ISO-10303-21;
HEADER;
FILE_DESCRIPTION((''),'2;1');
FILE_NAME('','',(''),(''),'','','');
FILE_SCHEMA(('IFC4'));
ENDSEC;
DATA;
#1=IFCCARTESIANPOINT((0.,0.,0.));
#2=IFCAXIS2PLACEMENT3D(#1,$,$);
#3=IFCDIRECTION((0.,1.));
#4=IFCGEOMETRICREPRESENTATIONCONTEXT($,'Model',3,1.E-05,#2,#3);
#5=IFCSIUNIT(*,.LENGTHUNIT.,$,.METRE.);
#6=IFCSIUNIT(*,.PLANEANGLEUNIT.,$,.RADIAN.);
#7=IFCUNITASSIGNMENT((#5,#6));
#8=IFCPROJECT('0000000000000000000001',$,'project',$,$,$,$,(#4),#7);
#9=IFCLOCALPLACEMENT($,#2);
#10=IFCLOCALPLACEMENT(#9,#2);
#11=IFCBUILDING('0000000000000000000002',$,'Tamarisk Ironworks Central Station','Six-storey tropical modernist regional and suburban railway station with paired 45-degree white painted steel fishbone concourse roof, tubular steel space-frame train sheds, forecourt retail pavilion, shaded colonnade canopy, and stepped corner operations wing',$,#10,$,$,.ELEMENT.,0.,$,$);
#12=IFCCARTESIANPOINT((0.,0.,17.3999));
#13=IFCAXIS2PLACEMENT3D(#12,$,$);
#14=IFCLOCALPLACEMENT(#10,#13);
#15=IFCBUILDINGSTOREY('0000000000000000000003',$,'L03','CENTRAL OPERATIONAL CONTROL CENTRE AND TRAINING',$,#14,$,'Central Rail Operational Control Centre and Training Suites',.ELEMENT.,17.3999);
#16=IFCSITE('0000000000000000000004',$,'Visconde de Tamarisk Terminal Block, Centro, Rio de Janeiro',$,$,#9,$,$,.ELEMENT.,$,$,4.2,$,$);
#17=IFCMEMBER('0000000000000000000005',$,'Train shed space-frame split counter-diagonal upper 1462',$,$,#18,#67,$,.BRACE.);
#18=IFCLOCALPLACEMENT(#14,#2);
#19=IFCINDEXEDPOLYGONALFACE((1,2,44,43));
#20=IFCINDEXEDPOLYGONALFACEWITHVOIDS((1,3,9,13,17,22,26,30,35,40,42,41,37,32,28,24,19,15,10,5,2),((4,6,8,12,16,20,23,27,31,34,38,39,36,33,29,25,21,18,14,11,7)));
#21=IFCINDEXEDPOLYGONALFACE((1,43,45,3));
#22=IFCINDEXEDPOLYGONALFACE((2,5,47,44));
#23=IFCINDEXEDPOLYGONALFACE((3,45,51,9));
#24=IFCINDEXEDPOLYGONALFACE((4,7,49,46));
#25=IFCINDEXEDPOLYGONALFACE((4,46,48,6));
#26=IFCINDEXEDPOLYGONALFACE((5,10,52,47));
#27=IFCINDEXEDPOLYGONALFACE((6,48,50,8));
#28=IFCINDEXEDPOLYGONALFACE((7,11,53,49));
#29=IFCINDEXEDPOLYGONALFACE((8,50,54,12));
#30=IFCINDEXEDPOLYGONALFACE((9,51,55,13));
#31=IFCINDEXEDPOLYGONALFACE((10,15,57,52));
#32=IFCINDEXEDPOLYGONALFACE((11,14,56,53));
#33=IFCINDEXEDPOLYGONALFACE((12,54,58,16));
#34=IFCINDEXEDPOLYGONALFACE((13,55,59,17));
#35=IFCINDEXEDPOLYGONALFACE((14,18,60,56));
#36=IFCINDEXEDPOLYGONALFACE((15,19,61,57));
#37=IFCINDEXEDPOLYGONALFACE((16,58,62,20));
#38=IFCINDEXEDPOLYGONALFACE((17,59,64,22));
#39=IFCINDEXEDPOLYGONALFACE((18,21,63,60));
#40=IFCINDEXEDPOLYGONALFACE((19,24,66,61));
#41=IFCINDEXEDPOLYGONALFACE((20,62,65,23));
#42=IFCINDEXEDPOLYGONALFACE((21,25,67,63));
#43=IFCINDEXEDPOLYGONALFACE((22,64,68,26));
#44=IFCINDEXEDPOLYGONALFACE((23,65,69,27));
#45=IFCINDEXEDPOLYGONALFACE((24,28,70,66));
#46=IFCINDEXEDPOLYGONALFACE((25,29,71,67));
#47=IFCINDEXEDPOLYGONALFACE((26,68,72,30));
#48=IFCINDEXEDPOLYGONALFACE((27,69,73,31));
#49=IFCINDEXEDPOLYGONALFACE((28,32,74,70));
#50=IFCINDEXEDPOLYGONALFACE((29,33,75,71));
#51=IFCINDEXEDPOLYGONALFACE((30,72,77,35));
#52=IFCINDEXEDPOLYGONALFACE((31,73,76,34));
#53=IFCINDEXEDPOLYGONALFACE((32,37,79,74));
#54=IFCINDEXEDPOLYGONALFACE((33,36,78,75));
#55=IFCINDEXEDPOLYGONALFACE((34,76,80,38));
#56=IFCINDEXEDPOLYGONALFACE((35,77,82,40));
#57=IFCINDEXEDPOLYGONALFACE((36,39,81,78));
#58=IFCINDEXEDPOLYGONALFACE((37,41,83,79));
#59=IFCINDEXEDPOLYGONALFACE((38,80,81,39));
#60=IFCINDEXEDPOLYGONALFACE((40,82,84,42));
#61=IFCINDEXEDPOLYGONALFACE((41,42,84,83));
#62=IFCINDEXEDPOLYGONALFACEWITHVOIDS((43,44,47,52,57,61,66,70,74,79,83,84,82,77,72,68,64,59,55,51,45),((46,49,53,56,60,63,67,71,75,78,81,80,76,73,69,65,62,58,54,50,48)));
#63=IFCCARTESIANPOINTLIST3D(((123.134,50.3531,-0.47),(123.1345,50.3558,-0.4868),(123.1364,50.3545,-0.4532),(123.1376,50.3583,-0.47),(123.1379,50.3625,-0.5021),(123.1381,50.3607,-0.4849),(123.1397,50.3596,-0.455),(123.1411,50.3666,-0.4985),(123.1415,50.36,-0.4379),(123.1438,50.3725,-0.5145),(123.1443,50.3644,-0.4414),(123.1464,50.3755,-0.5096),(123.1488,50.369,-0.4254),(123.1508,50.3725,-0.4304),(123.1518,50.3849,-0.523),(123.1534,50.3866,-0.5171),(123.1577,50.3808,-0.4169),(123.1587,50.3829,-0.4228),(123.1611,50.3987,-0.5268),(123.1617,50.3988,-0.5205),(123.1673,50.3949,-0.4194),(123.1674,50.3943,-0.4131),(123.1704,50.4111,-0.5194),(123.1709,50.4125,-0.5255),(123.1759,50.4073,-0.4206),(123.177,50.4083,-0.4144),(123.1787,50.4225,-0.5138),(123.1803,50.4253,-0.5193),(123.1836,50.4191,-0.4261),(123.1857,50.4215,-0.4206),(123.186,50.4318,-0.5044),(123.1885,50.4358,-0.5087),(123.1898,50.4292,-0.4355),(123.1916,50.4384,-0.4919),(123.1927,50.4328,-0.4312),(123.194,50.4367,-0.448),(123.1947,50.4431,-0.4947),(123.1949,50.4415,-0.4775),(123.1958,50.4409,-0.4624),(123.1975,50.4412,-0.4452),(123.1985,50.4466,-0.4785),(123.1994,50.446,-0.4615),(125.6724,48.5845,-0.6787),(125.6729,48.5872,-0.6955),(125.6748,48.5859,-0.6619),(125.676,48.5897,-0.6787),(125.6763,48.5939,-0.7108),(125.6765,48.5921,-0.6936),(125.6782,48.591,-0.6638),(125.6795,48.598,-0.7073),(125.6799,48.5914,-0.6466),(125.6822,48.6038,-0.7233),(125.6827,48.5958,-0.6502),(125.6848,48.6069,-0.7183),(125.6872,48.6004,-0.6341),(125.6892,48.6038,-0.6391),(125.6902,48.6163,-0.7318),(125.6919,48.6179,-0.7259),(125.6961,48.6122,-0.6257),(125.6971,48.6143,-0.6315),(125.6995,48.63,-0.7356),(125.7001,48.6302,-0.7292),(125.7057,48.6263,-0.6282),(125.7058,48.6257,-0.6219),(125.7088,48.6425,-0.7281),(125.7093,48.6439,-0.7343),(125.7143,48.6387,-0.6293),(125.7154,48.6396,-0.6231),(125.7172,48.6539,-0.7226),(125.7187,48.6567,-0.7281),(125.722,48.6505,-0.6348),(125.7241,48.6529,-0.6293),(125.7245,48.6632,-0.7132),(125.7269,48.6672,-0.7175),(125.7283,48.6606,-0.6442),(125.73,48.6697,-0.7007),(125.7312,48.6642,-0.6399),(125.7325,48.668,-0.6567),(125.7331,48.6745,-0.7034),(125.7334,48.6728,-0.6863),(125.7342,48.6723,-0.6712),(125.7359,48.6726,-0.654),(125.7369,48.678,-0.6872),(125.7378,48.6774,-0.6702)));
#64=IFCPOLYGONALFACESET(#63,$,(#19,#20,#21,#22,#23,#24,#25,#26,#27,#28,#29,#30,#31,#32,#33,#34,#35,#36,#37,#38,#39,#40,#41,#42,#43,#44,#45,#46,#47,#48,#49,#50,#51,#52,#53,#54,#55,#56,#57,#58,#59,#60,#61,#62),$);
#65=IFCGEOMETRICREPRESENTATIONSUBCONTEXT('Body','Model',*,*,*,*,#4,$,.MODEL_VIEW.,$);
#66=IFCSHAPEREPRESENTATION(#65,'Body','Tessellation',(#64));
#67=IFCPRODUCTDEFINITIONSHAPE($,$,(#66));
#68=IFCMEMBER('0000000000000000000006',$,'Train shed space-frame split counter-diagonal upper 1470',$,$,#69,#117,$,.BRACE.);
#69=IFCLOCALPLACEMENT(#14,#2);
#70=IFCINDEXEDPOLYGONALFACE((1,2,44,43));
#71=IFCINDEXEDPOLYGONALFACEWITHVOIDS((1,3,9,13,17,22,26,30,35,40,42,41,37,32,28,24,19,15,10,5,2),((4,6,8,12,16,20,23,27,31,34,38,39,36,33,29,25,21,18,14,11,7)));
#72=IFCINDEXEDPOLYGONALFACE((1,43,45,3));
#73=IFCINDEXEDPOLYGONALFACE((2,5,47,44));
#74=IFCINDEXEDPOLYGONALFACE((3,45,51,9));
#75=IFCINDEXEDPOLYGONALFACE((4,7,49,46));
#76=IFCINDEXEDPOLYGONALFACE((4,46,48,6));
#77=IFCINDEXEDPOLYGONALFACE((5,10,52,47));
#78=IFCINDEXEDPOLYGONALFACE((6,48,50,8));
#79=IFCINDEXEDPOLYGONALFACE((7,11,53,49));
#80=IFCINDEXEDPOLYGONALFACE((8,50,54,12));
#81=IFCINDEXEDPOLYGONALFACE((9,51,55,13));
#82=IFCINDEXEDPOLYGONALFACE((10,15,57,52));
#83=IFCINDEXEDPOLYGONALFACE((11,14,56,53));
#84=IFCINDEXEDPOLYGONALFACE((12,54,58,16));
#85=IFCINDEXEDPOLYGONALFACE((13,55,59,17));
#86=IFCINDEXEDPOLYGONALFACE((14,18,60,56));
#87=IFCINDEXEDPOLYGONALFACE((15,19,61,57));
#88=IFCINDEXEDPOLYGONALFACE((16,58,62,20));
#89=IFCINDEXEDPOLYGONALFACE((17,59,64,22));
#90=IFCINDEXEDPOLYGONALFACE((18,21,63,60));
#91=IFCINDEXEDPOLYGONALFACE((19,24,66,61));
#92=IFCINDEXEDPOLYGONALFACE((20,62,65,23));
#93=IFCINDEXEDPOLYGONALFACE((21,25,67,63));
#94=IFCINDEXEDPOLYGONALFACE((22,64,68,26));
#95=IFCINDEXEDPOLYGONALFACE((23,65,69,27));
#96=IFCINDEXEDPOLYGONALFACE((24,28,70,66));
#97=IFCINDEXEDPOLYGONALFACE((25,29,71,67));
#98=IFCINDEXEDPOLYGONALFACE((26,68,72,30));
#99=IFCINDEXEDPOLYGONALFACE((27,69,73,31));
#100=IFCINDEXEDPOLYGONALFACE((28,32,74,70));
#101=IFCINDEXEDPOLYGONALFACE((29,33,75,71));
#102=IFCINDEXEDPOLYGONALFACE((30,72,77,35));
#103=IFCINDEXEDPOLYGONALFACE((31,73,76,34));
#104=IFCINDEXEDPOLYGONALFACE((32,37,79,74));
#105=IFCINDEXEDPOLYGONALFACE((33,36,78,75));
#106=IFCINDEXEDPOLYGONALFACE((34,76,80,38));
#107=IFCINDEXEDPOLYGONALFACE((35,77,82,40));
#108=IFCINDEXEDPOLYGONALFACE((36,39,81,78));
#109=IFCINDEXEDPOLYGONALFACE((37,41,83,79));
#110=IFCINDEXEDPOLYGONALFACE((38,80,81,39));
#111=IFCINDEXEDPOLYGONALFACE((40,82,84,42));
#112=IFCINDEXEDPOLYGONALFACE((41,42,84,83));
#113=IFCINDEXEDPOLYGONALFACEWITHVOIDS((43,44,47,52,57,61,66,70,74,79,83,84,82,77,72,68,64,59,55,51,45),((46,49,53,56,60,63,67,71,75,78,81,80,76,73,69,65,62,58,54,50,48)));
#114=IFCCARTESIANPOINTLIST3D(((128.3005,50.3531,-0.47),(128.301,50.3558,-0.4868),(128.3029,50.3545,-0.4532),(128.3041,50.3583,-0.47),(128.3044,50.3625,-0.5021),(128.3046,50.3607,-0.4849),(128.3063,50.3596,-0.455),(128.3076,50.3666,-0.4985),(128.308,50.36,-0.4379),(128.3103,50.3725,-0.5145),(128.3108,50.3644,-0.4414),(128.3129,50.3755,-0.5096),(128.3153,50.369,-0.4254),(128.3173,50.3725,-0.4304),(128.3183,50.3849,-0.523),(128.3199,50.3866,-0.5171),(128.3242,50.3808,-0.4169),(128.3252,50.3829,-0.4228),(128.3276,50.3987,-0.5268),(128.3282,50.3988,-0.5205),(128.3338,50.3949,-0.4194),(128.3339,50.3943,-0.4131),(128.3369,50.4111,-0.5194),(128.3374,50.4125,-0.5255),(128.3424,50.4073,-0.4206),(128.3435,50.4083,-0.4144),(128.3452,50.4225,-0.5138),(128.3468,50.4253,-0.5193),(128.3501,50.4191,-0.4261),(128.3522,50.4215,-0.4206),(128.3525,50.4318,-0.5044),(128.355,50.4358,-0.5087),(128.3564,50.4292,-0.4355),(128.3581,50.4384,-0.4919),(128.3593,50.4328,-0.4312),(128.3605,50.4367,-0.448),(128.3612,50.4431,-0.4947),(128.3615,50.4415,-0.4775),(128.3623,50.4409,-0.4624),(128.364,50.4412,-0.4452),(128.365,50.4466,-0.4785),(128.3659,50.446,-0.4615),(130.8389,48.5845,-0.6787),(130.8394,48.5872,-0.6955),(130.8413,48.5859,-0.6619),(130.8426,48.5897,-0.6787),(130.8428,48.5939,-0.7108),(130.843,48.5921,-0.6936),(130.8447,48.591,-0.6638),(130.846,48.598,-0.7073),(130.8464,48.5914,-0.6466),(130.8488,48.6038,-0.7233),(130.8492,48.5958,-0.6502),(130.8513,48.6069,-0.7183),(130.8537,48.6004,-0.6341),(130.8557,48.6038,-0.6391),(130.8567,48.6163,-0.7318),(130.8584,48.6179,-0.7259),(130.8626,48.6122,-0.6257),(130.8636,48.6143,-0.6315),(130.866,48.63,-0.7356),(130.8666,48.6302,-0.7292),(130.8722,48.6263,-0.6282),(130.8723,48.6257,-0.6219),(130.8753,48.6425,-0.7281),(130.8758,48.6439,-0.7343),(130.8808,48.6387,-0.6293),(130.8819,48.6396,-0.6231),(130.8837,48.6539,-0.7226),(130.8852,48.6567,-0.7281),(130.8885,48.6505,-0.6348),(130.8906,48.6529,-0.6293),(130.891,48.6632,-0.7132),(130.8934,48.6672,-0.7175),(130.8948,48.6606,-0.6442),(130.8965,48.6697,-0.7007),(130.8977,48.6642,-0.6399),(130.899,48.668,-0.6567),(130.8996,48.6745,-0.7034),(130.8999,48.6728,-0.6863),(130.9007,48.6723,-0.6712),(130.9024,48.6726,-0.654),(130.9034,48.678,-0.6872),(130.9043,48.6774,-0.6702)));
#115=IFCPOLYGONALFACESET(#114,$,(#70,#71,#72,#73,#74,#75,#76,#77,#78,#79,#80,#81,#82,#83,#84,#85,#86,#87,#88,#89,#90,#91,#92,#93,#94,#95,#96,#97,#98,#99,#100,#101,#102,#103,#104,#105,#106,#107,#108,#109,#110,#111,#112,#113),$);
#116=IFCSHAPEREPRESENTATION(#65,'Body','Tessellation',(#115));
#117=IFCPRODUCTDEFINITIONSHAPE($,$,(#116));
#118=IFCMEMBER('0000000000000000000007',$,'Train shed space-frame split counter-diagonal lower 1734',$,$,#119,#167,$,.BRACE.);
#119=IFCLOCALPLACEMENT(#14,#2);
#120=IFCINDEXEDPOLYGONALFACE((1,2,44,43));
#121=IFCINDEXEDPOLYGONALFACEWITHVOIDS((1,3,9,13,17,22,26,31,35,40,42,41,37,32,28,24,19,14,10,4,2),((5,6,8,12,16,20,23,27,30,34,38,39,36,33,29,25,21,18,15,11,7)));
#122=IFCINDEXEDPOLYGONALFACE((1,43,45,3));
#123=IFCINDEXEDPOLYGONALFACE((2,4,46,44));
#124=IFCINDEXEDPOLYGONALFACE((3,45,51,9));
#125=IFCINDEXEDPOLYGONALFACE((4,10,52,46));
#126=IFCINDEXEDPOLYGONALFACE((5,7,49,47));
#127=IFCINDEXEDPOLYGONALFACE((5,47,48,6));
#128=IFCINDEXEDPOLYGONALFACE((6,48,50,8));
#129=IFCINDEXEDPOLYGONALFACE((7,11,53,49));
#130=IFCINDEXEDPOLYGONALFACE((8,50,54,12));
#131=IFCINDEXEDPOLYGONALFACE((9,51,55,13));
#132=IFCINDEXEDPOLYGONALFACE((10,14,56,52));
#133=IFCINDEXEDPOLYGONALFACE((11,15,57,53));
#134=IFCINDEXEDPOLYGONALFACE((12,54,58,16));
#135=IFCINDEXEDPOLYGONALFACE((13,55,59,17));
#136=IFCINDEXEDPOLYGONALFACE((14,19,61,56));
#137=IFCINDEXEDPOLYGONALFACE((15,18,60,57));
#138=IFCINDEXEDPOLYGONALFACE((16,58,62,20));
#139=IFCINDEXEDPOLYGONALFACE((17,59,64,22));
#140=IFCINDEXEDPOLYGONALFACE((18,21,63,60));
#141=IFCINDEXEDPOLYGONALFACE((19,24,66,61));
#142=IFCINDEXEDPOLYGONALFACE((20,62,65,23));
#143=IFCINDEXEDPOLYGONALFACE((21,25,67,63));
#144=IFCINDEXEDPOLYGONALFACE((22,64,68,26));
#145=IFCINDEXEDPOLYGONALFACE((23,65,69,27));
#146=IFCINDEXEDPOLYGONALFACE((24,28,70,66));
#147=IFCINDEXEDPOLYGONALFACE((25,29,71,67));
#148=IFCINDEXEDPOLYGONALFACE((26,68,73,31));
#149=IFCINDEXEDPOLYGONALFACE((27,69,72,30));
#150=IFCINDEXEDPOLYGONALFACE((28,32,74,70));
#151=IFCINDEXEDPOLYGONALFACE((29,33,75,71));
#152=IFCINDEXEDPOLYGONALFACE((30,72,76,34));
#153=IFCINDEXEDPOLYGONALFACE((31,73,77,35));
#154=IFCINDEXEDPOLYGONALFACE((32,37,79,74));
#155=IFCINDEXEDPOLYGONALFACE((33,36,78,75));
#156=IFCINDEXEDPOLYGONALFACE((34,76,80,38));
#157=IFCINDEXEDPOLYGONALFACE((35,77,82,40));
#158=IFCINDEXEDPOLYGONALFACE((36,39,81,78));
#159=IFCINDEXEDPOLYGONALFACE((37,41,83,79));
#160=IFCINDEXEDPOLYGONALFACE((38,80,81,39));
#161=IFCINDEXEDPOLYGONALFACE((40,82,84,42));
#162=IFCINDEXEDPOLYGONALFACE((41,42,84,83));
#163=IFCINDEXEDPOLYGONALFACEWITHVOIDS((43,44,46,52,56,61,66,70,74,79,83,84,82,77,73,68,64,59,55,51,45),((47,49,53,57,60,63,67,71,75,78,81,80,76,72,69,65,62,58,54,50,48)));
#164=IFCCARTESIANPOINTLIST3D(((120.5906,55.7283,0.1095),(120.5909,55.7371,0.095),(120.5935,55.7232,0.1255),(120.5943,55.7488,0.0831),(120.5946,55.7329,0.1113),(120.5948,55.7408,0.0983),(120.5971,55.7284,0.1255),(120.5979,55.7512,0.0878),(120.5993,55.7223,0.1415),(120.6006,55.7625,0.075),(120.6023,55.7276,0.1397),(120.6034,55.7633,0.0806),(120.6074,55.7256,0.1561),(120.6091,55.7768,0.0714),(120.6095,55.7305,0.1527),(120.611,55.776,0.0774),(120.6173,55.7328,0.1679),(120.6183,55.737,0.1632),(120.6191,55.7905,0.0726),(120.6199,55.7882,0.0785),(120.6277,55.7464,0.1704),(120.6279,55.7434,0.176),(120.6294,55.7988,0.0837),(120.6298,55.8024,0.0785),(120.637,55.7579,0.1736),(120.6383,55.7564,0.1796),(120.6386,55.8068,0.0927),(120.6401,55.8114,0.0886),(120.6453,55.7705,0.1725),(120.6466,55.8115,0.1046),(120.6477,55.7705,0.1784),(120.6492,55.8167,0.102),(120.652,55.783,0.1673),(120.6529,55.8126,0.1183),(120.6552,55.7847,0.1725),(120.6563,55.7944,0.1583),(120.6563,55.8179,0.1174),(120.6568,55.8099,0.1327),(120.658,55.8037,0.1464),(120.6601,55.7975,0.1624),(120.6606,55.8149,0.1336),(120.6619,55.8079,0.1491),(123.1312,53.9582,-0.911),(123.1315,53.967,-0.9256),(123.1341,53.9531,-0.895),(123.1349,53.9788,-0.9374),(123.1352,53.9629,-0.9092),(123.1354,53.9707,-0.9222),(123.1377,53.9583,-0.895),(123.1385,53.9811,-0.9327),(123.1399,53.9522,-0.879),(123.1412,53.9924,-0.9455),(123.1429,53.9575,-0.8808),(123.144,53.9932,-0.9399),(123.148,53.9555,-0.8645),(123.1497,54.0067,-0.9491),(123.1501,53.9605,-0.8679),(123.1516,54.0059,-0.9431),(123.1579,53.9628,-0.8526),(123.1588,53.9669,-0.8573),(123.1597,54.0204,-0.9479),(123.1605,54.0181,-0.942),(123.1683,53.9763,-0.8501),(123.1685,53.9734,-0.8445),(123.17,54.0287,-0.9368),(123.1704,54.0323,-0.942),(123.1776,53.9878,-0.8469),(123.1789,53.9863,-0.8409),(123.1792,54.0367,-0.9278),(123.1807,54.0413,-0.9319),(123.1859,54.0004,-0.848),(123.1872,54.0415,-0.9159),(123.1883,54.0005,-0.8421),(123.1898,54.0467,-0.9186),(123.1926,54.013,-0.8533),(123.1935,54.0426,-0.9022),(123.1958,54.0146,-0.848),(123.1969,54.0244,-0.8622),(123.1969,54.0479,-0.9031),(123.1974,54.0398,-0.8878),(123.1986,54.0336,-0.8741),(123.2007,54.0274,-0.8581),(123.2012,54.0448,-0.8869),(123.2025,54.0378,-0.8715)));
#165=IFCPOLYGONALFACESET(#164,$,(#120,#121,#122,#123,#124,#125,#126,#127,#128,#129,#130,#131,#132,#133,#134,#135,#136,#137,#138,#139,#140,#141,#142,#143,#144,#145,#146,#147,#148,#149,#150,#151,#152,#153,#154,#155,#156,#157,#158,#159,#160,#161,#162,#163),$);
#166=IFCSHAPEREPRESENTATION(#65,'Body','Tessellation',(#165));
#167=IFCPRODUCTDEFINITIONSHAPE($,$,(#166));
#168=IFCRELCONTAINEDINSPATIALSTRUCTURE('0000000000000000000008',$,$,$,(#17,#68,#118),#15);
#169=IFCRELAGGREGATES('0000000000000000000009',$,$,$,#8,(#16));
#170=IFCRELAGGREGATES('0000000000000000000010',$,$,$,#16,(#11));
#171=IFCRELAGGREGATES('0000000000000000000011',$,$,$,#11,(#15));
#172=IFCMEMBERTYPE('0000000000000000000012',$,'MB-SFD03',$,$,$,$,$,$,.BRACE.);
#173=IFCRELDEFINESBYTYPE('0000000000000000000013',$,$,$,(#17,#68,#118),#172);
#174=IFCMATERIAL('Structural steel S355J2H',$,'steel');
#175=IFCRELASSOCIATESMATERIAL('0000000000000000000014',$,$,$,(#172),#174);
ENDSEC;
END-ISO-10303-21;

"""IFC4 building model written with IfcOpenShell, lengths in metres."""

from ifc_helpers import new_model, si_unit, direction, frame, origin, origin_2d, place, context, subcontext, project, spatial, hollow_circle, extrude, material, material_profile, profile_set, type_object, element, save


model = new_model("IFC4")

# Units and contexts
model_context = context("Model", 3, precision=1e-05, world=origin(), true_north=direction((0.0, 1.0)))
body_context = subcontext(model_context, "Body", "Model", "MODEL_VIEW")
ifc_project = project(units=[si_unit("LENGTHUNIT", "METRE"), si_unit("PLANEANGLEUNIT", "RADIAN")], contexts=[model_context])

# Site, building, storey
site_placement = place(None, origin())
site = spatial("IfcSite", under=ifc_project, at=site_placement, Name="Visconde de Tamarisk Terminal Block, Centro, Rio de Janeiro", CompositionType="ELEMENT", RefElevation=4.2)
building_placement = place(site_placement, origin())
building = spatial("IfcBuilding", under=site, at=building_placement, Name="Tamarisk Ironworks Central Station", Description="Six-storey tropical modernist regional and suburban railway station with paired 45-degree white painted steel fishbone concourse roof, tubular steel space-frame train sheds, forecourt retail pavilion, shaded colonnade canopy, and stepped corner operations wing", CompositionType="ELEMENT", ElevationOfRefHeight=0.0)
storey_placement = place(building_placement, frame((0.0, 0.0, 17.3999)))
storey = spatial("IfcBuildingStorey", under=building, at=storey_placement, Name="L03", Description="CENTRAL OPERATIONAL CONTROL CENTRE AND TRAINING", LongName="Central Rail Operational Control Centre and Training Suites", CompositionType="ELEMENT", Elevation=17.3999)

# Members
ifc_material_1 = material(Name="Structural steel S355J2H", Category="steel")
ifc_material_profile_1 = material_profile(ifc_material_1, hollow_circle(Radius=0.0571, WallThickness=0.0063, at=origin_2d()), Name="CHS 114.3x6.3")
ifc_profile_set_1 = profile_set([ifc_material_profile_1], Name="Structural steel S355J2H")
member_type_1 = type_object("IfcMemberType", Name="MB-SFD03", PredefinedType="BRACE", material=ifc_profile_set_1)
for number, where, z_axis, x_axis, name in (
    (1, (125.7051, 48.6313, -0.6787), (-0.818625, 0.570369, 0.06732), (-0.571666, -0.820487, 0.0), "Train shed space-frame split counter-diagonal upper 1462"),
    (2, (130.8716, 48.6313, -0.6787), (-0.818625, 0.570369, 0.06732), (-0.571666, -0.820487, 0.0), "Train shed space-frame split counter-diagonal upper 1470"),
):
    element("IfcMember", number, at=place(storey_placement, frame(where, z_axis=z_axis, x_axis=x_axis)), inside=storey, type_object=member_type_1, Name=name, PredefinedType="BRACE", context=body_context, shape_type="SweptSolid", body=[
        extrude(hollow_circle(Radius=0.0571, WallThickness=0.0063, at=origin_2d()), origin(), (0.0, 0.0, 1.0), 3.1008),
    ])
member_1_placement = place(storey_placement, frame((123.1667, 54.0, -0.895), z_axis=(-0.779263, 0.542923, 0.313023), x_axis=(-0.571651, -0.820497, 0.0)))
element("IfcMember", 3, at=member_1_placement, inside=storey, type_object=member_type_1, Name="Train shed space-frame split counter-diagonal lower 1734", PredefinedType="BRACE", context=body_context, shape_type="SweptSolid", body=[
    extrude(hollow_circle(Radius=0.0571, WallThickness=0.0063, at=origin_2d()), origin(), (0.0, 0.0, 1.0), 3.2603),
])

save(model, "model.ifc")
